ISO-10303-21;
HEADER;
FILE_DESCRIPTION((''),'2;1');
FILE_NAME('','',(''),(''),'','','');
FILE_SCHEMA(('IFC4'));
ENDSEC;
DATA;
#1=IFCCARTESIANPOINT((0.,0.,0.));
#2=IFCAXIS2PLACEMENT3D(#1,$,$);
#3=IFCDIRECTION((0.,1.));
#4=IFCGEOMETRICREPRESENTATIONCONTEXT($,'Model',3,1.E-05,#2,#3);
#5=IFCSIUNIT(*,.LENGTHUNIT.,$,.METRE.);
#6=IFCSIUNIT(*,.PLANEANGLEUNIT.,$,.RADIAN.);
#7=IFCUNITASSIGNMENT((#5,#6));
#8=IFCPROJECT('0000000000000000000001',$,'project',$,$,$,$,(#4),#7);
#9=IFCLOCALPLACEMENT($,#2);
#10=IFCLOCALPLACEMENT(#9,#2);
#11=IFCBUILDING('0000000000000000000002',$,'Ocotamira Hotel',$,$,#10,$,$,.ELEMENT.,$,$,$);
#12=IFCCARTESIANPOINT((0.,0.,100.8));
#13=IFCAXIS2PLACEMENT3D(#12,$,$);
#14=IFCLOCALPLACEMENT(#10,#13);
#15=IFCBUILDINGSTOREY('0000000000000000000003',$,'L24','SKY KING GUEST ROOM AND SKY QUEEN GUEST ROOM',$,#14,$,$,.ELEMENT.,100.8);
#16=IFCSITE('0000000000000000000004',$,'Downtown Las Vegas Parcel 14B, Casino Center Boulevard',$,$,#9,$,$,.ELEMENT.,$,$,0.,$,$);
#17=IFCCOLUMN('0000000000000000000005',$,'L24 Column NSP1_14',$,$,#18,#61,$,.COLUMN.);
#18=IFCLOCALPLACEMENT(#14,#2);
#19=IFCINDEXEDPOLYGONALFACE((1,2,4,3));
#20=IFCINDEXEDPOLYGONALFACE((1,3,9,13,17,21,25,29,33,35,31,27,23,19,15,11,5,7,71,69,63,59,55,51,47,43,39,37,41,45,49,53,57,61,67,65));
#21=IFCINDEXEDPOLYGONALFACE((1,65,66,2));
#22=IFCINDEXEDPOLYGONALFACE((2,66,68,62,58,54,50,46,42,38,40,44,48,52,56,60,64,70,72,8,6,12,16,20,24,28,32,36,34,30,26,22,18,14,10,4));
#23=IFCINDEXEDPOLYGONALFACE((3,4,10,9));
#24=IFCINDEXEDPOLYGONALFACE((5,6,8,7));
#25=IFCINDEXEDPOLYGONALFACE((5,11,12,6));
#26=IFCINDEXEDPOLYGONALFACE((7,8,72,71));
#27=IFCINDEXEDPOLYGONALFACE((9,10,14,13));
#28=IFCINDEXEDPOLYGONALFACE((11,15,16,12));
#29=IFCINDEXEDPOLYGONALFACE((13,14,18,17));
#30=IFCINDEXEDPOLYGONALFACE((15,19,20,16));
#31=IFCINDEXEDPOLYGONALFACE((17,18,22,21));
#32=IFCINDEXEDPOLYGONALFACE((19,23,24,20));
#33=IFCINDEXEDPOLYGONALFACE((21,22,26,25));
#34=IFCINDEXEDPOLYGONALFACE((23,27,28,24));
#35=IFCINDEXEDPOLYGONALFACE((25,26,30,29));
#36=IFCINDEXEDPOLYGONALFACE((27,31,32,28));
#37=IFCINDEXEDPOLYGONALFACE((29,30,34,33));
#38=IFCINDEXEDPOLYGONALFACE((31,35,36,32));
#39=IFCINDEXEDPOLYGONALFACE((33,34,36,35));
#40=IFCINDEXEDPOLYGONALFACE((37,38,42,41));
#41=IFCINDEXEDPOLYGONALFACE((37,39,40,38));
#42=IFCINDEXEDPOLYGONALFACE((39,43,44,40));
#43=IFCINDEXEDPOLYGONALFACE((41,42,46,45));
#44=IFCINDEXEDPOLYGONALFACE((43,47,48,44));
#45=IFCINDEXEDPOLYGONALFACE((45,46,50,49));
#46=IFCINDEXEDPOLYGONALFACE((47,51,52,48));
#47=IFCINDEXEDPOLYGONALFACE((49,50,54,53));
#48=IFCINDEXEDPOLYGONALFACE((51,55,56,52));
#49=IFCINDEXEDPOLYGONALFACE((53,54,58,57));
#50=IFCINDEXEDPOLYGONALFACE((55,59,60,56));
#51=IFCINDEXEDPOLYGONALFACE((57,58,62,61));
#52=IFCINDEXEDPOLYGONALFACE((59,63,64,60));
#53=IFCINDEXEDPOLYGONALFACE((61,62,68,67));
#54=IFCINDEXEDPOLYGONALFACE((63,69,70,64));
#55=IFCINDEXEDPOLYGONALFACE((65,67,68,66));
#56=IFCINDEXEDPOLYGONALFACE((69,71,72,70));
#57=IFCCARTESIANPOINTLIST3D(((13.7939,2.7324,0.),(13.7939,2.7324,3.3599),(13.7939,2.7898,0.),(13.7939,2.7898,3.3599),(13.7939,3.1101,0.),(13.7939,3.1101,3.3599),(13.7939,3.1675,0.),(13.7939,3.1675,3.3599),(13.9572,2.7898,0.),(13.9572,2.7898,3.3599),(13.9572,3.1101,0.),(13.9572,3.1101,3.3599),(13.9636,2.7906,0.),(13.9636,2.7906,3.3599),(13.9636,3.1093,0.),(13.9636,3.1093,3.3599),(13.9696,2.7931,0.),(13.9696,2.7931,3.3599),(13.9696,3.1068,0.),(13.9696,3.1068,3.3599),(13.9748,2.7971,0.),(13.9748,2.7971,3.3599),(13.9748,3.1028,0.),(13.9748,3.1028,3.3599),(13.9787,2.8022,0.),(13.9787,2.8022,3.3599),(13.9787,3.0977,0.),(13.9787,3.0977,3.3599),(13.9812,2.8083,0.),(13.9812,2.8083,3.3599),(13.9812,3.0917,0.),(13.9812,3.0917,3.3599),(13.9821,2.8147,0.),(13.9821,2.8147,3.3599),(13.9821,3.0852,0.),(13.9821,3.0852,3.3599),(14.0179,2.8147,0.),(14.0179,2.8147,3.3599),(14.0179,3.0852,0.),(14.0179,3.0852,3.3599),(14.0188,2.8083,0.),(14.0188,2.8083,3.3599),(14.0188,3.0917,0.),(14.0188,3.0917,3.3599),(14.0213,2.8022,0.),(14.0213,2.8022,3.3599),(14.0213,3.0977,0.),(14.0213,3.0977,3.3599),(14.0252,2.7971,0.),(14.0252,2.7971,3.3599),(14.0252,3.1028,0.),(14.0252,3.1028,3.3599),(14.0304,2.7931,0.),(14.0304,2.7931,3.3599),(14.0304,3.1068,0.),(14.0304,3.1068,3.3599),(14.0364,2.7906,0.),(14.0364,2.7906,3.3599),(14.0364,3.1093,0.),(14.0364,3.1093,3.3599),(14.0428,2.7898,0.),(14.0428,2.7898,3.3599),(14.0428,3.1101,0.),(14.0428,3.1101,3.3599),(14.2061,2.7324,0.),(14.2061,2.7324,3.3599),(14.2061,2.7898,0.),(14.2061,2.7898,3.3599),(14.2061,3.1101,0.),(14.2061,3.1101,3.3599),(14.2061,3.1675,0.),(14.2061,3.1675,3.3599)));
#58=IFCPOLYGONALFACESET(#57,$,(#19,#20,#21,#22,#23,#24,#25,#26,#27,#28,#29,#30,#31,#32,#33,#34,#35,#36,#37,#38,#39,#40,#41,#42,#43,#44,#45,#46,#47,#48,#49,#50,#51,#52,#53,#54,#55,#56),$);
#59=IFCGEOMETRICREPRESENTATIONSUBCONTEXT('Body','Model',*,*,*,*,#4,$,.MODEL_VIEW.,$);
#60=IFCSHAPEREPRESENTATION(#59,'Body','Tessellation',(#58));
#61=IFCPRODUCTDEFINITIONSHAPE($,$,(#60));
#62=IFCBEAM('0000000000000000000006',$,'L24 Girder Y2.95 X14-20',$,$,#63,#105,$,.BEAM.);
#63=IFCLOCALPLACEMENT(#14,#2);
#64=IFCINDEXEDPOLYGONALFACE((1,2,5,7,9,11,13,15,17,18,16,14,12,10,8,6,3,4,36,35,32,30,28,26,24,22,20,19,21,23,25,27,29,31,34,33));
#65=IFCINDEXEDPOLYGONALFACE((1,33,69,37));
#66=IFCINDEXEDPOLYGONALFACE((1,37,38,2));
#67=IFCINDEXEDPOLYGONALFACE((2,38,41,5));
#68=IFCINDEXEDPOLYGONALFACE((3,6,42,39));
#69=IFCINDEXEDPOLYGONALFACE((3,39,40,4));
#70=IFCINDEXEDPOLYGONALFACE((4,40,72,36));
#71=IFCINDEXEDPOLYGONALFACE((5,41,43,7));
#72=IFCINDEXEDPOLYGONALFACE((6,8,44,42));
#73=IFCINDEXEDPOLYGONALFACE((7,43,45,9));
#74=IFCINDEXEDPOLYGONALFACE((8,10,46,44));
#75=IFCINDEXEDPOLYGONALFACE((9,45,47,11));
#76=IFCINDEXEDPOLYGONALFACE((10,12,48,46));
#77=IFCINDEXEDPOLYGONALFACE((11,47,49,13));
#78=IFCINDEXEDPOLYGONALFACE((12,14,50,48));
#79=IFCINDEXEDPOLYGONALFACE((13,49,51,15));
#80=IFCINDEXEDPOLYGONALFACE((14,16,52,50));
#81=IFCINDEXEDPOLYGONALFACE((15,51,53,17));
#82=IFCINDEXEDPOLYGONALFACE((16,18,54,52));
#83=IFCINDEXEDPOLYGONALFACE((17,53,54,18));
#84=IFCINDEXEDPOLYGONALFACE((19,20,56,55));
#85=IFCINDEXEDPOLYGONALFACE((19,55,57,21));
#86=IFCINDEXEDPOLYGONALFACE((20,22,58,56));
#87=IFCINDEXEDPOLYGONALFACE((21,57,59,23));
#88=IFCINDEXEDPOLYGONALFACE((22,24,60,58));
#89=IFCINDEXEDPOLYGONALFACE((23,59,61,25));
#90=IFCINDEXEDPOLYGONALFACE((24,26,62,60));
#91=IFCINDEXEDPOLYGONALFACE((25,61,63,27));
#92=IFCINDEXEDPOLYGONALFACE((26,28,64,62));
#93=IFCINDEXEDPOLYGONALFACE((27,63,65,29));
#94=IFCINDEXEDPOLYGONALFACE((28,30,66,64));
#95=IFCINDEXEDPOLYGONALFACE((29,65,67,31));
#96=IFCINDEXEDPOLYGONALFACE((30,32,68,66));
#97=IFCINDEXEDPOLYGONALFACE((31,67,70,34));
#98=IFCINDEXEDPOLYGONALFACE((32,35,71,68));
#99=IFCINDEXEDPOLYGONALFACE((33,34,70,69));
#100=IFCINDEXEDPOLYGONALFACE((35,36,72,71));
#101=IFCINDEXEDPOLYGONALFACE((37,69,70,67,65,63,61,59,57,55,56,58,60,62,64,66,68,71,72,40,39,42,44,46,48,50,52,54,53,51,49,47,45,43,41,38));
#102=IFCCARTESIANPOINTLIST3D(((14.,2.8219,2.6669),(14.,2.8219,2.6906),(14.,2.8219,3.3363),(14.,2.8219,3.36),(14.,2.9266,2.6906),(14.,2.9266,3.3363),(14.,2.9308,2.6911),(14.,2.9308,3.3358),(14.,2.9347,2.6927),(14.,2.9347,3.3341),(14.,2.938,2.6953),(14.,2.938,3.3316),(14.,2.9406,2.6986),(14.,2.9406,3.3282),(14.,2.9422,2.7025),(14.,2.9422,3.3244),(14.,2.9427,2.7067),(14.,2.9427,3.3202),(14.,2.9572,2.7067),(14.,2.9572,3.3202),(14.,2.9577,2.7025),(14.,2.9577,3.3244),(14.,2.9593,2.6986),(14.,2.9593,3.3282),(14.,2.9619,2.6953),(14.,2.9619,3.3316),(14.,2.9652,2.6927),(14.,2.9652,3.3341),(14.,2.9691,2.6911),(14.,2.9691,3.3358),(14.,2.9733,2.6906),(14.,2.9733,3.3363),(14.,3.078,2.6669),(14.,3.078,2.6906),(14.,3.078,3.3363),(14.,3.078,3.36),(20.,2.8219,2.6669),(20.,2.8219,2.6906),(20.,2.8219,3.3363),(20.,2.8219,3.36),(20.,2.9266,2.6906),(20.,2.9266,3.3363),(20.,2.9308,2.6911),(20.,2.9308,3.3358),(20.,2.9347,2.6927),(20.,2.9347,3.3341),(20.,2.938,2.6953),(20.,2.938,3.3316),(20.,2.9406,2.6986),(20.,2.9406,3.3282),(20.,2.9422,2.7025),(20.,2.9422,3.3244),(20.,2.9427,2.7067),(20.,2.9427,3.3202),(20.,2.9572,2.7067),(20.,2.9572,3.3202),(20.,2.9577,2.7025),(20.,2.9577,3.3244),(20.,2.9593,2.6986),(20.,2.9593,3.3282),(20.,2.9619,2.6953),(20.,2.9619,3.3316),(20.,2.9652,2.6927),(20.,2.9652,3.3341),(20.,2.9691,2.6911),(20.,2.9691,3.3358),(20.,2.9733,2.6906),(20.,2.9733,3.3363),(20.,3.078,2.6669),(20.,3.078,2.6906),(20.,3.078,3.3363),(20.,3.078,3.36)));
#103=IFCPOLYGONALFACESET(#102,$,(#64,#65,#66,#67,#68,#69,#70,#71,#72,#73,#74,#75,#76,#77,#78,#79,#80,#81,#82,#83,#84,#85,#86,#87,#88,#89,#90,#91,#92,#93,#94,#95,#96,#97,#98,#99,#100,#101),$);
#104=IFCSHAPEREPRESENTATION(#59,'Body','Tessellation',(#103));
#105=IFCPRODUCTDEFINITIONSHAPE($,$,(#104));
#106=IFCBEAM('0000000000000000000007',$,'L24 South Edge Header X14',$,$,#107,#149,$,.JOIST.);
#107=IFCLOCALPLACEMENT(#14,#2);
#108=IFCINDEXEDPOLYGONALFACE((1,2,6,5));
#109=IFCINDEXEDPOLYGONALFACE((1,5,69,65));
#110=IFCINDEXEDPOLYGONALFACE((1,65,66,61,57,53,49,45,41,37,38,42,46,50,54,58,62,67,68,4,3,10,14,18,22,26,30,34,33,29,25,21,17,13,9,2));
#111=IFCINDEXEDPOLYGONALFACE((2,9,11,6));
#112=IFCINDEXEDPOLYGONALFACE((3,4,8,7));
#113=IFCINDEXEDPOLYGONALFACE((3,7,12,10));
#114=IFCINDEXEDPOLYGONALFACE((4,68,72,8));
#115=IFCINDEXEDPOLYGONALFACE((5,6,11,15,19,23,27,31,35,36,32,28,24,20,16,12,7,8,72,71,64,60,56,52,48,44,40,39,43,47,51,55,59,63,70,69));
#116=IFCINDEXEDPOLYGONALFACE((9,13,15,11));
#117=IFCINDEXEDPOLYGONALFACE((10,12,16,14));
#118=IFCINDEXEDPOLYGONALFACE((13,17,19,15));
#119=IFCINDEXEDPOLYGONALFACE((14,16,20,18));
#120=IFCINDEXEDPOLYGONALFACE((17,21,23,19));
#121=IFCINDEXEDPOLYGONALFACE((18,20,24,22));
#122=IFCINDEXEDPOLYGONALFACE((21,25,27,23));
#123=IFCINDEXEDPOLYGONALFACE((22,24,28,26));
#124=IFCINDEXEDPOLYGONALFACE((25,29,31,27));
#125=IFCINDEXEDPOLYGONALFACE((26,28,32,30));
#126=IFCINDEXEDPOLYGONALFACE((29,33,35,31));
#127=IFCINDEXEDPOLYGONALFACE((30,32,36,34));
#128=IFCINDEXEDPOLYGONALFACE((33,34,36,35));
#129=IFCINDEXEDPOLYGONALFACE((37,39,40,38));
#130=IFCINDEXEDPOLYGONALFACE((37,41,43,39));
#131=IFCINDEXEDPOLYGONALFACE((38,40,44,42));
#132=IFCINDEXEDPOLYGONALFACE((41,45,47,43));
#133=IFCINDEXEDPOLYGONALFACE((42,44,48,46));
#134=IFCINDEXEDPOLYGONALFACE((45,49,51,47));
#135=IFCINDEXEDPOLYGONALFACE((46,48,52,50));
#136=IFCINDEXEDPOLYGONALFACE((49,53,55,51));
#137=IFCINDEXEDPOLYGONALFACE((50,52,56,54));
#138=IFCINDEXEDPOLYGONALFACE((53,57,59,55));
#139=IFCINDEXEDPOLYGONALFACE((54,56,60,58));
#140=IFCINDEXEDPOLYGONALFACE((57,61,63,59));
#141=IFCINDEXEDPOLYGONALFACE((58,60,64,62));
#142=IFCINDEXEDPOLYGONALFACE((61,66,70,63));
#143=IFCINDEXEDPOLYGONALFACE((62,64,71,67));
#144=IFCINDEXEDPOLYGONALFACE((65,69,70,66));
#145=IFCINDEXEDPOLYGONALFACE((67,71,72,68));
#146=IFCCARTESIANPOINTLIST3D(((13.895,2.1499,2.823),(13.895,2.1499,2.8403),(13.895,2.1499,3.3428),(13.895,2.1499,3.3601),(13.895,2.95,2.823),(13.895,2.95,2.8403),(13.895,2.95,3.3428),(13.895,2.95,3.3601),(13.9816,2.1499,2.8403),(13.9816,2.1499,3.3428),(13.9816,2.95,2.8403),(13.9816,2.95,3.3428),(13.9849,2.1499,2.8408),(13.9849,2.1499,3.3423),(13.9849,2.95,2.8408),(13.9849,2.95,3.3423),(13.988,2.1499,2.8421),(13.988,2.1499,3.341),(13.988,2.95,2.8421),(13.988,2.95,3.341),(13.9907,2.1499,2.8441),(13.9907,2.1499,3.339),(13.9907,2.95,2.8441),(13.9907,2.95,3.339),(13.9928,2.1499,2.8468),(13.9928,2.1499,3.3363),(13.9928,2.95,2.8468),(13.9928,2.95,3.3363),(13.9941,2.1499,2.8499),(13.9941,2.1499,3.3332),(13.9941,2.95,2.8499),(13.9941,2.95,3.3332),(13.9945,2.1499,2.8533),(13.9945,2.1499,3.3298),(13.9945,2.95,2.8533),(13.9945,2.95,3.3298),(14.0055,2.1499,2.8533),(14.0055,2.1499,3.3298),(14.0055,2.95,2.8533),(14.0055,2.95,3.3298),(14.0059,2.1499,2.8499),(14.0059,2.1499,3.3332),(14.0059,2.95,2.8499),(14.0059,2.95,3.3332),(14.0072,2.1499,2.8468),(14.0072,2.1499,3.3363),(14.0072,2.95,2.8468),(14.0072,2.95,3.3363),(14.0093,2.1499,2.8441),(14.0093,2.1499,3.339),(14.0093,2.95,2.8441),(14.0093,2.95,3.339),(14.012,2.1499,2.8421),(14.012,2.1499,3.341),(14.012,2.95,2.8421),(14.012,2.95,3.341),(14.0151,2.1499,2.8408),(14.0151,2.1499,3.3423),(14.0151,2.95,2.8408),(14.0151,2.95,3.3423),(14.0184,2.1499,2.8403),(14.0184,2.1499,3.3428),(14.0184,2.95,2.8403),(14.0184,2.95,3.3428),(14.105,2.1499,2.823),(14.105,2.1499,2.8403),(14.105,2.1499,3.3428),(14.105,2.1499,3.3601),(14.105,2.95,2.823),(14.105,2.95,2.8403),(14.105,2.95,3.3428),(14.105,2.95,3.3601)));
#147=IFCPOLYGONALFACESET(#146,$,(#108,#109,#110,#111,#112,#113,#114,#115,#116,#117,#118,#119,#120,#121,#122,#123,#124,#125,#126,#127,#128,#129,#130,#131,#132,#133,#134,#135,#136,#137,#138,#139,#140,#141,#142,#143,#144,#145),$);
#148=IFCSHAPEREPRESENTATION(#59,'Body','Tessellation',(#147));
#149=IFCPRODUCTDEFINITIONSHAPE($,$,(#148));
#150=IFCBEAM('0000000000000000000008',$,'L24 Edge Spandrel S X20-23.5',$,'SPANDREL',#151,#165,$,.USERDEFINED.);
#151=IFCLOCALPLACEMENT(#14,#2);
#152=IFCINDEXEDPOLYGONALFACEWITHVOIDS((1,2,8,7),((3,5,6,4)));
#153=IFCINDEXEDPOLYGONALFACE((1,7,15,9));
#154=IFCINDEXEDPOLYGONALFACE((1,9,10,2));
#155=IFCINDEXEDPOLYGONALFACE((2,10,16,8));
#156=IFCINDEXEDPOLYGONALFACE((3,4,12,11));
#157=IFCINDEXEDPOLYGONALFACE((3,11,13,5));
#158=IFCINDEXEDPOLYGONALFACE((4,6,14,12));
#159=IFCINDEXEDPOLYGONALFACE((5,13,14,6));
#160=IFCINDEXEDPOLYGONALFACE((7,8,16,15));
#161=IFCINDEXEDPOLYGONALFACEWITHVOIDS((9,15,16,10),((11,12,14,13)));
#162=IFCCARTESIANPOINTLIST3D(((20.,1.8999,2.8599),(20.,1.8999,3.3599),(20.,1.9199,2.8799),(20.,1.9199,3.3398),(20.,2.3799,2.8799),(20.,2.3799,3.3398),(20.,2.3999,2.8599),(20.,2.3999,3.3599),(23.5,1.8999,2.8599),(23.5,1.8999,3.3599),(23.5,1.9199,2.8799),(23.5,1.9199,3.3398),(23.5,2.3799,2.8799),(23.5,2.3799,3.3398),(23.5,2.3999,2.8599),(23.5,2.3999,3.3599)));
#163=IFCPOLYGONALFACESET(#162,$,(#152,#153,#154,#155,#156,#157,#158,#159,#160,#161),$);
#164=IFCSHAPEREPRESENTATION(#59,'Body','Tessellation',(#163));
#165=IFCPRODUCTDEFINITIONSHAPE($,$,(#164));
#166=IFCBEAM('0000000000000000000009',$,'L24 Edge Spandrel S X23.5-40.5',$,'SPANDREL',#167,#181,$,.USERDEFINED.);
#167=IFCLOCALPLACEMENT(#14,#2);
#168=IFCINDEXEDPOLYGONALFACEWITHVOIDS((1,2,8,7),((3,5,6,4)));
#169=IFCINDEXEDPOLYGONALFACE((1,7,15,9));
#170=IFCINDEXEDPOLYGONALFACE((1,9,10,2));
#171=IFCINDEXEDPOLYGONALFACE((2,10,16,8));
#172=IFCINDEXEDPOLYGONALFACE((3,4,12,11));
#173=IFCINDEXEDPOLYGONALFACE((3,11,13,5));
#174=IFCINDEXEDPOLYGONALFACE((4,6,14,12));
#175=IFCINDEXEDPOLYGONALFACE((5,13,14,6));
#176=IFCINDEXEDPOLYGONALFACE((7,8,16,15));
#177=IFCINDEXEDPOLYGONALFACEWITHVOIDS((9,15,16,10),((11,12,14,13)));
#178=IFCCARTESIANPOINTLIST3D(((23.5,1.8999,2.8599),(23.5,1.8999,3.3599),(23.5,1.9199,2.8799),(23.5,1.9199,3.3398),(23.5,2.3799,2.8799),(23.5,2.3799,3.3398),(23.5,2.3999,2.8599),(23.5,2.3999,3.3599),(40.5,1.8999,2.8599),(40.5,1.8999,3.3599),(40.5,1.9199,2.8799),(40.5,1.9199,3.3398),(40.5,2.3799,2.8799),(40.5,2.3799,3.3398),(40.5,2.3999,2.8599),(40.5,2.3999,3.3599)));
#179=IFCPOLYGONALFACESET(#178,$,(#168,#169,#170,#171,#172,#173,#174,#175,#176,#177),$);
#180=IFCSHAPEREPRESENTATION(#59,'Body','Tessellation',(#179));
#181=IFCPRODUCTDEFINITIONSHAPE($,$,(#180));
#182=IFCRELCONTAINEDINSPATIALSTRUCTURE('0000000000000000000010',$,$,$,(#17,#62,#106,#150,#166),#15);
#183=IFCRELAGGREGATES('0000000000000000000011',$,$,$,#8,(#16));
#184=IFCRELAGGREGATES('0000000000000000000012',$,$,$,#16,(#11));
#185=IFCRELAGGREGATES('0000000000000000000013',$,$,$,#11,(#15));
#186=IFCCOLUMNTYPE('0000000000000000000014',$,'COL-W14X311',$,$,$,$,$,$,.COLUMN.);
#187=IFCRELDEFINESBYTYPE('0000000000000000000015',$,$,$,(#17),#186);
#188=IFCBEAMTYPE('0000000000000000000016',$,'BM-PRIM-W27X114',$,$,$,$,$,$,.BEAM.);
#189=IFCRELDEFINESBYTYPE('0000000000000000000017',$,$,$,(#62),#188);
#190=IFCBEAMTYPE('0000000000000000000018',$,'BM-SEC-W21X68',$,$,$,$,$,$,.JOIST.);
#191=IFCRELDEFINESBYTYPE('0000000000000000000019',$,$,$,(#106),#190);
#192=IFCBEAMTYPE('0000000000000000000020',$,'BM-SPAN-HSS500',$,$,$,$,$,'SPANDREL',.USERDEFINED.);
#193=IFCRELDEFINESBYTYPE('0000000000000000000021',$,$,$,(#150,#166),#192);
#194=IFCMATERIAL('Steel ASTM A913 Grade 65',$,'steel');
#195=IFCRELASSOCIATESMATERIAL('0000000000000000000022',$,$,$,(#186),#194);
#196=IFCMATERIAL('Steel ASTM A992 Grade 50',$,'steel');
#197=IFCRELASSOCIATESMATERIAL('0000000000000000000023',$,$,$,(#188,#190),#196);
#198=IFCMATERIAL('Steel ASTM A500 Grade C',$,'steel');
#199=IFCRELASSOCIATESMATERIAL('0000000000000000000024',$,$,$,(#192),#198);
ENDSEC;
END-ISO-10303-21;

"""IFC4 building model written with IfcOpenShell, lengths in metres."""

from ifc_helpers import new_model, si_unit, direction, frame, origin, origin_2d, place, context, subcontext, project, spatial, hollow_rectangle, i_section, extrude, source, transform, mapped, material, material_profile, profile_set, type_object, element, save


model = new_model("IFC4")

# Units and contexts
model_context = context("Model", 3, precision=1e-05, world=origin(), true_north=direction((0.0, 1.0)))
body_context = subcontext(model_context, "Body", "Model", "MODEL_VIEW")
ifc_project = project(units=[si_unit("LENGTHUNIT", "METRE"), si_unit("PLANEANGLEUNIT", "RADIAN")], contexts=[model_context])

# Site, building, storey
site_placement = place(None, origin())
site = spatial("IfcSite", under=ifc_project, at=site_placement, Name="Downtown Las Vegas Parcel 14B, Casino Center Boulevard", CompositionType="ELEMENT", RefElevation=0.0)
building_placement = place(site_placement, origin())
building = spatial("IfcBuilding", under=site, at=building_placement, Name="Ocotamira Hotel", CompositionType="ELEMENT")
storey_placement = place(building_placement, frame((0.0, 0.0, 100.8)))
storey = spatial("IfcBuildingStorey", under=building, at=storey_placement, Name="L24", Description="SKY KING GUEST ROOM AND SKY QUEEN GUEST ROOM", CompositionType="ELEMENT", Elevation=100.8)

# Column
ifc_material_1 = material(Name="Steel ASTM A913 Grade 65", Category="steel")
ifc_material_profile_1 = material_profile(ifc_material_1, i_section(OverallWidth=0.4121, OverallDepth=0.4351, WebThickness=0.0359, FlangeThickness=0.0574, FilletRadius=0.0249, at=origin_2d()), Name="W14X311")
ifc_profile_set_1 = profile_set([ifc_material_profile_1], Name="Steel ASTM A913 Grade 65")
column_type = type_object("IfcColumnType", Name="COL-W14X311", PredefinedType="COLUMN", material=ifc_profile_set_1)
shared_shape_1 = source(origin(), body_context, "Body", "SweptSolid", [
    extrude(i_section(OverallWidth=0.4121, OverallDepth=0.4351, WebThickness=0.0359, FlangeThickness=0.0574, FilletRadius=0.0249, at=origin_2d()), origin(), (0.0, 0.0, 1.0), 3.3599),
])
column_placement = place(storey_placement, frame((14.0, 2.95, 0.0), z_axis=(0.0, 0.0, 1.0), x_axis=(1.0, 0.0, 0.0)))
element("IfcColumn", 1, at=column_placement, inside=storey, type_object=column_type, Name="L24 Column NSP1_14", PredefinedType="COLUMN", context=body_context, shape_type="MappedRepresentation", body=[
    mapped(shared_shape_1, transform((0.0, 0.0, 0.0), scale=1.0)),
])

# Beams
ifc_material_2 = material(Name="Steel ASTM A992 Grade 50", Category="steel")
ifc_material_profile_2 = material_profile(ifc_material_2, i_section(OverallWidth=0.2561, OverallDepth=0.6931, WebThickness=0.0144, FlangeThickness=0.0237, FilletRadius=0.0161, at=origin_2d()), Name="W27X114")
ifc_profile_set_2 = profile_set([ifc_material_profile_2], Name="Steel ASTM A992 Grade 50")
beam_type_1 = type_object("IfcBeamType", Name="BM-PRIM-W27X114", PredefinedType="BEAM", material=ifc_profile_set_2)
shared_shape_2 = source(origin(), body_context, "Body", "SweptSolid", [
    extrude(i_section(OverallWidth=0.2561, OverallDepth=0.6931, WebThickness=0.0144, FlangeThickness=0.0237, FilletRadius=0.0161, at=origin_2d()), origin(), (0.0, 0.0, 1.0), 6.0),
])
beam_1_placement = place(storey_placement, frame((14.0, 2.95, 3.0134), z_axis=(1.0, 0.0, 0.0), x_axis=(0.0, 1.0, 0.0)))
element("IfcBeam", 2, at=beam_1_placement, inside=storey, type_object=beam_type_1, Name="L24 Girder Y2.95 X14-20", PredefinedType="BEAM", context=body_context, shape_type="MappedRepresentation", body=[
    mapped(shared_shape_2, transform((0.0, 0.0, 0.0), scale=1.0)),
])
ifc_material_profile_3 = material_profile(ifc_material_2, i_section(OverallWidth=0.21, OverallDepth=0.5371, WebThickness=0.011, FlangeThickness=0.0173, FilletRadius=0.0129, at=origin_2d()), Name="W21X68")
ifc_profile_set_3 = profile_set([ifc_material_profile_3], Name="Steel ASTM A992 Grade 50")
beam_type_2 = type_object("IfcBeamType", Name="BM-SEC-W21X68", PredefinedType="JOIST", material=ifc_profile_set_3)
shared_shape_3 = source(origin(), body_context, "Body", "SweptSolid", [
    extrude(i_section(OverallWidth=0.21, OverallDepth=0.5371, WebThickness=0.011, FlangeThickness=0.0173, FilletRadius=0.0129, at=origin_2d()), origin(), (0.0, 0.0, 1.0), 0.8),
])
beam_2_placement = place(storey_placement, frame((14.0, 2.95, 3.0916), z_axis=(0.0, -1.0, 0.0), x_axis=(1.0, 0.0, 0.0)))
element("IfcBeam", 3, at=beam_2_placement, inside=storey, type_object=beam_type_2, Name="L24 South Edge Header X14", PredefinedType="JOIST", context=body_context, shape_type="MappedRepresentation", body=[
    mapped(shared_shape_3, transform((0.0, 0.0, 0.0), scale=1.0)),
])
ifc_material_3 = material(Name="Steel ASTM A500 Grade C", Category="steel")
ifc_material_profile_4 = material_profile(ifc_material_3, hollow_rectangle(XDim=0.5, YDim=0.5, WallThickness=0.02, at=origin_2d()), Name="HSS500X500X20")
ifc_profile_set_4 = profile_set([ifc_material_profile_4], Name="Steel ASTM A500 Grade C")
beam_type_3 = type_object("IfcBeamType", Name="BM-SPAN-HSS500", ElementType="SPANDREL", PredefinedType="USERDEFINED", material=ifc_profile_set_4)
shared_shape_4 = source(origin(), body_context, "Body", "SweptSolid", [
    extrude(hollow_rectangle(XDim=0.5, YDim=0.5, WallThickness=0.02, at=origin_2d()), origin(), (0.0, 0.0, 1.0), 3.5),
])
beam_3_placement = place(storey_placement, frame((20.0, 2.1499, 3.1099), z_axis=(1.0, 0.0, 0.0), x_axis=(0.0, 1.0, 0.0)))
element("IfcBeam", 4, at=beam_3_placement, inside=storey, type_object=beam_type_3, Name="L24 Edge Spandrel S X20-23.5", ObjectType="SPANDREL", PredefinedType="USERDEFINED", context=body_context, shape_type="MappedRepresentation", body=[
    mapped(shared_shape_4, transform((0.0, 0.0, 0.0), scale=1.0)),
])
shared_shape_5 = source(origin(), body_context, "Body", "SweptSolid", [
    extrude(hollow_rectangle(XDim=0.5, YDim=0.5, WallThickness=0.02, at=origin_2d()), origin(), (0.0, 0.0, 1.0), 17.0),
])
beam_4_placement = place(storey_placement, frame((23.5, 2.1499, 3.1099), z_axis=(1.0, 0.0, 0.0), x_axis=(0.0, 1.0, 0.0)))
element("IfcBeam", 5, at=beam_4_placement, inside=storey, type_object=beam_type_3, Name="L24 Edge Spandrel S X23.5-40.5", ObjectType="SPANDREL", PredefinedType="USERDEFINED", context=body_context, shape_type="MappedRepresentation", body=[
    mapped(shared_shape_5, transform((0.0, 0.0, 0.0), scale=1.0)),
])

save(model, "model.ifc")
